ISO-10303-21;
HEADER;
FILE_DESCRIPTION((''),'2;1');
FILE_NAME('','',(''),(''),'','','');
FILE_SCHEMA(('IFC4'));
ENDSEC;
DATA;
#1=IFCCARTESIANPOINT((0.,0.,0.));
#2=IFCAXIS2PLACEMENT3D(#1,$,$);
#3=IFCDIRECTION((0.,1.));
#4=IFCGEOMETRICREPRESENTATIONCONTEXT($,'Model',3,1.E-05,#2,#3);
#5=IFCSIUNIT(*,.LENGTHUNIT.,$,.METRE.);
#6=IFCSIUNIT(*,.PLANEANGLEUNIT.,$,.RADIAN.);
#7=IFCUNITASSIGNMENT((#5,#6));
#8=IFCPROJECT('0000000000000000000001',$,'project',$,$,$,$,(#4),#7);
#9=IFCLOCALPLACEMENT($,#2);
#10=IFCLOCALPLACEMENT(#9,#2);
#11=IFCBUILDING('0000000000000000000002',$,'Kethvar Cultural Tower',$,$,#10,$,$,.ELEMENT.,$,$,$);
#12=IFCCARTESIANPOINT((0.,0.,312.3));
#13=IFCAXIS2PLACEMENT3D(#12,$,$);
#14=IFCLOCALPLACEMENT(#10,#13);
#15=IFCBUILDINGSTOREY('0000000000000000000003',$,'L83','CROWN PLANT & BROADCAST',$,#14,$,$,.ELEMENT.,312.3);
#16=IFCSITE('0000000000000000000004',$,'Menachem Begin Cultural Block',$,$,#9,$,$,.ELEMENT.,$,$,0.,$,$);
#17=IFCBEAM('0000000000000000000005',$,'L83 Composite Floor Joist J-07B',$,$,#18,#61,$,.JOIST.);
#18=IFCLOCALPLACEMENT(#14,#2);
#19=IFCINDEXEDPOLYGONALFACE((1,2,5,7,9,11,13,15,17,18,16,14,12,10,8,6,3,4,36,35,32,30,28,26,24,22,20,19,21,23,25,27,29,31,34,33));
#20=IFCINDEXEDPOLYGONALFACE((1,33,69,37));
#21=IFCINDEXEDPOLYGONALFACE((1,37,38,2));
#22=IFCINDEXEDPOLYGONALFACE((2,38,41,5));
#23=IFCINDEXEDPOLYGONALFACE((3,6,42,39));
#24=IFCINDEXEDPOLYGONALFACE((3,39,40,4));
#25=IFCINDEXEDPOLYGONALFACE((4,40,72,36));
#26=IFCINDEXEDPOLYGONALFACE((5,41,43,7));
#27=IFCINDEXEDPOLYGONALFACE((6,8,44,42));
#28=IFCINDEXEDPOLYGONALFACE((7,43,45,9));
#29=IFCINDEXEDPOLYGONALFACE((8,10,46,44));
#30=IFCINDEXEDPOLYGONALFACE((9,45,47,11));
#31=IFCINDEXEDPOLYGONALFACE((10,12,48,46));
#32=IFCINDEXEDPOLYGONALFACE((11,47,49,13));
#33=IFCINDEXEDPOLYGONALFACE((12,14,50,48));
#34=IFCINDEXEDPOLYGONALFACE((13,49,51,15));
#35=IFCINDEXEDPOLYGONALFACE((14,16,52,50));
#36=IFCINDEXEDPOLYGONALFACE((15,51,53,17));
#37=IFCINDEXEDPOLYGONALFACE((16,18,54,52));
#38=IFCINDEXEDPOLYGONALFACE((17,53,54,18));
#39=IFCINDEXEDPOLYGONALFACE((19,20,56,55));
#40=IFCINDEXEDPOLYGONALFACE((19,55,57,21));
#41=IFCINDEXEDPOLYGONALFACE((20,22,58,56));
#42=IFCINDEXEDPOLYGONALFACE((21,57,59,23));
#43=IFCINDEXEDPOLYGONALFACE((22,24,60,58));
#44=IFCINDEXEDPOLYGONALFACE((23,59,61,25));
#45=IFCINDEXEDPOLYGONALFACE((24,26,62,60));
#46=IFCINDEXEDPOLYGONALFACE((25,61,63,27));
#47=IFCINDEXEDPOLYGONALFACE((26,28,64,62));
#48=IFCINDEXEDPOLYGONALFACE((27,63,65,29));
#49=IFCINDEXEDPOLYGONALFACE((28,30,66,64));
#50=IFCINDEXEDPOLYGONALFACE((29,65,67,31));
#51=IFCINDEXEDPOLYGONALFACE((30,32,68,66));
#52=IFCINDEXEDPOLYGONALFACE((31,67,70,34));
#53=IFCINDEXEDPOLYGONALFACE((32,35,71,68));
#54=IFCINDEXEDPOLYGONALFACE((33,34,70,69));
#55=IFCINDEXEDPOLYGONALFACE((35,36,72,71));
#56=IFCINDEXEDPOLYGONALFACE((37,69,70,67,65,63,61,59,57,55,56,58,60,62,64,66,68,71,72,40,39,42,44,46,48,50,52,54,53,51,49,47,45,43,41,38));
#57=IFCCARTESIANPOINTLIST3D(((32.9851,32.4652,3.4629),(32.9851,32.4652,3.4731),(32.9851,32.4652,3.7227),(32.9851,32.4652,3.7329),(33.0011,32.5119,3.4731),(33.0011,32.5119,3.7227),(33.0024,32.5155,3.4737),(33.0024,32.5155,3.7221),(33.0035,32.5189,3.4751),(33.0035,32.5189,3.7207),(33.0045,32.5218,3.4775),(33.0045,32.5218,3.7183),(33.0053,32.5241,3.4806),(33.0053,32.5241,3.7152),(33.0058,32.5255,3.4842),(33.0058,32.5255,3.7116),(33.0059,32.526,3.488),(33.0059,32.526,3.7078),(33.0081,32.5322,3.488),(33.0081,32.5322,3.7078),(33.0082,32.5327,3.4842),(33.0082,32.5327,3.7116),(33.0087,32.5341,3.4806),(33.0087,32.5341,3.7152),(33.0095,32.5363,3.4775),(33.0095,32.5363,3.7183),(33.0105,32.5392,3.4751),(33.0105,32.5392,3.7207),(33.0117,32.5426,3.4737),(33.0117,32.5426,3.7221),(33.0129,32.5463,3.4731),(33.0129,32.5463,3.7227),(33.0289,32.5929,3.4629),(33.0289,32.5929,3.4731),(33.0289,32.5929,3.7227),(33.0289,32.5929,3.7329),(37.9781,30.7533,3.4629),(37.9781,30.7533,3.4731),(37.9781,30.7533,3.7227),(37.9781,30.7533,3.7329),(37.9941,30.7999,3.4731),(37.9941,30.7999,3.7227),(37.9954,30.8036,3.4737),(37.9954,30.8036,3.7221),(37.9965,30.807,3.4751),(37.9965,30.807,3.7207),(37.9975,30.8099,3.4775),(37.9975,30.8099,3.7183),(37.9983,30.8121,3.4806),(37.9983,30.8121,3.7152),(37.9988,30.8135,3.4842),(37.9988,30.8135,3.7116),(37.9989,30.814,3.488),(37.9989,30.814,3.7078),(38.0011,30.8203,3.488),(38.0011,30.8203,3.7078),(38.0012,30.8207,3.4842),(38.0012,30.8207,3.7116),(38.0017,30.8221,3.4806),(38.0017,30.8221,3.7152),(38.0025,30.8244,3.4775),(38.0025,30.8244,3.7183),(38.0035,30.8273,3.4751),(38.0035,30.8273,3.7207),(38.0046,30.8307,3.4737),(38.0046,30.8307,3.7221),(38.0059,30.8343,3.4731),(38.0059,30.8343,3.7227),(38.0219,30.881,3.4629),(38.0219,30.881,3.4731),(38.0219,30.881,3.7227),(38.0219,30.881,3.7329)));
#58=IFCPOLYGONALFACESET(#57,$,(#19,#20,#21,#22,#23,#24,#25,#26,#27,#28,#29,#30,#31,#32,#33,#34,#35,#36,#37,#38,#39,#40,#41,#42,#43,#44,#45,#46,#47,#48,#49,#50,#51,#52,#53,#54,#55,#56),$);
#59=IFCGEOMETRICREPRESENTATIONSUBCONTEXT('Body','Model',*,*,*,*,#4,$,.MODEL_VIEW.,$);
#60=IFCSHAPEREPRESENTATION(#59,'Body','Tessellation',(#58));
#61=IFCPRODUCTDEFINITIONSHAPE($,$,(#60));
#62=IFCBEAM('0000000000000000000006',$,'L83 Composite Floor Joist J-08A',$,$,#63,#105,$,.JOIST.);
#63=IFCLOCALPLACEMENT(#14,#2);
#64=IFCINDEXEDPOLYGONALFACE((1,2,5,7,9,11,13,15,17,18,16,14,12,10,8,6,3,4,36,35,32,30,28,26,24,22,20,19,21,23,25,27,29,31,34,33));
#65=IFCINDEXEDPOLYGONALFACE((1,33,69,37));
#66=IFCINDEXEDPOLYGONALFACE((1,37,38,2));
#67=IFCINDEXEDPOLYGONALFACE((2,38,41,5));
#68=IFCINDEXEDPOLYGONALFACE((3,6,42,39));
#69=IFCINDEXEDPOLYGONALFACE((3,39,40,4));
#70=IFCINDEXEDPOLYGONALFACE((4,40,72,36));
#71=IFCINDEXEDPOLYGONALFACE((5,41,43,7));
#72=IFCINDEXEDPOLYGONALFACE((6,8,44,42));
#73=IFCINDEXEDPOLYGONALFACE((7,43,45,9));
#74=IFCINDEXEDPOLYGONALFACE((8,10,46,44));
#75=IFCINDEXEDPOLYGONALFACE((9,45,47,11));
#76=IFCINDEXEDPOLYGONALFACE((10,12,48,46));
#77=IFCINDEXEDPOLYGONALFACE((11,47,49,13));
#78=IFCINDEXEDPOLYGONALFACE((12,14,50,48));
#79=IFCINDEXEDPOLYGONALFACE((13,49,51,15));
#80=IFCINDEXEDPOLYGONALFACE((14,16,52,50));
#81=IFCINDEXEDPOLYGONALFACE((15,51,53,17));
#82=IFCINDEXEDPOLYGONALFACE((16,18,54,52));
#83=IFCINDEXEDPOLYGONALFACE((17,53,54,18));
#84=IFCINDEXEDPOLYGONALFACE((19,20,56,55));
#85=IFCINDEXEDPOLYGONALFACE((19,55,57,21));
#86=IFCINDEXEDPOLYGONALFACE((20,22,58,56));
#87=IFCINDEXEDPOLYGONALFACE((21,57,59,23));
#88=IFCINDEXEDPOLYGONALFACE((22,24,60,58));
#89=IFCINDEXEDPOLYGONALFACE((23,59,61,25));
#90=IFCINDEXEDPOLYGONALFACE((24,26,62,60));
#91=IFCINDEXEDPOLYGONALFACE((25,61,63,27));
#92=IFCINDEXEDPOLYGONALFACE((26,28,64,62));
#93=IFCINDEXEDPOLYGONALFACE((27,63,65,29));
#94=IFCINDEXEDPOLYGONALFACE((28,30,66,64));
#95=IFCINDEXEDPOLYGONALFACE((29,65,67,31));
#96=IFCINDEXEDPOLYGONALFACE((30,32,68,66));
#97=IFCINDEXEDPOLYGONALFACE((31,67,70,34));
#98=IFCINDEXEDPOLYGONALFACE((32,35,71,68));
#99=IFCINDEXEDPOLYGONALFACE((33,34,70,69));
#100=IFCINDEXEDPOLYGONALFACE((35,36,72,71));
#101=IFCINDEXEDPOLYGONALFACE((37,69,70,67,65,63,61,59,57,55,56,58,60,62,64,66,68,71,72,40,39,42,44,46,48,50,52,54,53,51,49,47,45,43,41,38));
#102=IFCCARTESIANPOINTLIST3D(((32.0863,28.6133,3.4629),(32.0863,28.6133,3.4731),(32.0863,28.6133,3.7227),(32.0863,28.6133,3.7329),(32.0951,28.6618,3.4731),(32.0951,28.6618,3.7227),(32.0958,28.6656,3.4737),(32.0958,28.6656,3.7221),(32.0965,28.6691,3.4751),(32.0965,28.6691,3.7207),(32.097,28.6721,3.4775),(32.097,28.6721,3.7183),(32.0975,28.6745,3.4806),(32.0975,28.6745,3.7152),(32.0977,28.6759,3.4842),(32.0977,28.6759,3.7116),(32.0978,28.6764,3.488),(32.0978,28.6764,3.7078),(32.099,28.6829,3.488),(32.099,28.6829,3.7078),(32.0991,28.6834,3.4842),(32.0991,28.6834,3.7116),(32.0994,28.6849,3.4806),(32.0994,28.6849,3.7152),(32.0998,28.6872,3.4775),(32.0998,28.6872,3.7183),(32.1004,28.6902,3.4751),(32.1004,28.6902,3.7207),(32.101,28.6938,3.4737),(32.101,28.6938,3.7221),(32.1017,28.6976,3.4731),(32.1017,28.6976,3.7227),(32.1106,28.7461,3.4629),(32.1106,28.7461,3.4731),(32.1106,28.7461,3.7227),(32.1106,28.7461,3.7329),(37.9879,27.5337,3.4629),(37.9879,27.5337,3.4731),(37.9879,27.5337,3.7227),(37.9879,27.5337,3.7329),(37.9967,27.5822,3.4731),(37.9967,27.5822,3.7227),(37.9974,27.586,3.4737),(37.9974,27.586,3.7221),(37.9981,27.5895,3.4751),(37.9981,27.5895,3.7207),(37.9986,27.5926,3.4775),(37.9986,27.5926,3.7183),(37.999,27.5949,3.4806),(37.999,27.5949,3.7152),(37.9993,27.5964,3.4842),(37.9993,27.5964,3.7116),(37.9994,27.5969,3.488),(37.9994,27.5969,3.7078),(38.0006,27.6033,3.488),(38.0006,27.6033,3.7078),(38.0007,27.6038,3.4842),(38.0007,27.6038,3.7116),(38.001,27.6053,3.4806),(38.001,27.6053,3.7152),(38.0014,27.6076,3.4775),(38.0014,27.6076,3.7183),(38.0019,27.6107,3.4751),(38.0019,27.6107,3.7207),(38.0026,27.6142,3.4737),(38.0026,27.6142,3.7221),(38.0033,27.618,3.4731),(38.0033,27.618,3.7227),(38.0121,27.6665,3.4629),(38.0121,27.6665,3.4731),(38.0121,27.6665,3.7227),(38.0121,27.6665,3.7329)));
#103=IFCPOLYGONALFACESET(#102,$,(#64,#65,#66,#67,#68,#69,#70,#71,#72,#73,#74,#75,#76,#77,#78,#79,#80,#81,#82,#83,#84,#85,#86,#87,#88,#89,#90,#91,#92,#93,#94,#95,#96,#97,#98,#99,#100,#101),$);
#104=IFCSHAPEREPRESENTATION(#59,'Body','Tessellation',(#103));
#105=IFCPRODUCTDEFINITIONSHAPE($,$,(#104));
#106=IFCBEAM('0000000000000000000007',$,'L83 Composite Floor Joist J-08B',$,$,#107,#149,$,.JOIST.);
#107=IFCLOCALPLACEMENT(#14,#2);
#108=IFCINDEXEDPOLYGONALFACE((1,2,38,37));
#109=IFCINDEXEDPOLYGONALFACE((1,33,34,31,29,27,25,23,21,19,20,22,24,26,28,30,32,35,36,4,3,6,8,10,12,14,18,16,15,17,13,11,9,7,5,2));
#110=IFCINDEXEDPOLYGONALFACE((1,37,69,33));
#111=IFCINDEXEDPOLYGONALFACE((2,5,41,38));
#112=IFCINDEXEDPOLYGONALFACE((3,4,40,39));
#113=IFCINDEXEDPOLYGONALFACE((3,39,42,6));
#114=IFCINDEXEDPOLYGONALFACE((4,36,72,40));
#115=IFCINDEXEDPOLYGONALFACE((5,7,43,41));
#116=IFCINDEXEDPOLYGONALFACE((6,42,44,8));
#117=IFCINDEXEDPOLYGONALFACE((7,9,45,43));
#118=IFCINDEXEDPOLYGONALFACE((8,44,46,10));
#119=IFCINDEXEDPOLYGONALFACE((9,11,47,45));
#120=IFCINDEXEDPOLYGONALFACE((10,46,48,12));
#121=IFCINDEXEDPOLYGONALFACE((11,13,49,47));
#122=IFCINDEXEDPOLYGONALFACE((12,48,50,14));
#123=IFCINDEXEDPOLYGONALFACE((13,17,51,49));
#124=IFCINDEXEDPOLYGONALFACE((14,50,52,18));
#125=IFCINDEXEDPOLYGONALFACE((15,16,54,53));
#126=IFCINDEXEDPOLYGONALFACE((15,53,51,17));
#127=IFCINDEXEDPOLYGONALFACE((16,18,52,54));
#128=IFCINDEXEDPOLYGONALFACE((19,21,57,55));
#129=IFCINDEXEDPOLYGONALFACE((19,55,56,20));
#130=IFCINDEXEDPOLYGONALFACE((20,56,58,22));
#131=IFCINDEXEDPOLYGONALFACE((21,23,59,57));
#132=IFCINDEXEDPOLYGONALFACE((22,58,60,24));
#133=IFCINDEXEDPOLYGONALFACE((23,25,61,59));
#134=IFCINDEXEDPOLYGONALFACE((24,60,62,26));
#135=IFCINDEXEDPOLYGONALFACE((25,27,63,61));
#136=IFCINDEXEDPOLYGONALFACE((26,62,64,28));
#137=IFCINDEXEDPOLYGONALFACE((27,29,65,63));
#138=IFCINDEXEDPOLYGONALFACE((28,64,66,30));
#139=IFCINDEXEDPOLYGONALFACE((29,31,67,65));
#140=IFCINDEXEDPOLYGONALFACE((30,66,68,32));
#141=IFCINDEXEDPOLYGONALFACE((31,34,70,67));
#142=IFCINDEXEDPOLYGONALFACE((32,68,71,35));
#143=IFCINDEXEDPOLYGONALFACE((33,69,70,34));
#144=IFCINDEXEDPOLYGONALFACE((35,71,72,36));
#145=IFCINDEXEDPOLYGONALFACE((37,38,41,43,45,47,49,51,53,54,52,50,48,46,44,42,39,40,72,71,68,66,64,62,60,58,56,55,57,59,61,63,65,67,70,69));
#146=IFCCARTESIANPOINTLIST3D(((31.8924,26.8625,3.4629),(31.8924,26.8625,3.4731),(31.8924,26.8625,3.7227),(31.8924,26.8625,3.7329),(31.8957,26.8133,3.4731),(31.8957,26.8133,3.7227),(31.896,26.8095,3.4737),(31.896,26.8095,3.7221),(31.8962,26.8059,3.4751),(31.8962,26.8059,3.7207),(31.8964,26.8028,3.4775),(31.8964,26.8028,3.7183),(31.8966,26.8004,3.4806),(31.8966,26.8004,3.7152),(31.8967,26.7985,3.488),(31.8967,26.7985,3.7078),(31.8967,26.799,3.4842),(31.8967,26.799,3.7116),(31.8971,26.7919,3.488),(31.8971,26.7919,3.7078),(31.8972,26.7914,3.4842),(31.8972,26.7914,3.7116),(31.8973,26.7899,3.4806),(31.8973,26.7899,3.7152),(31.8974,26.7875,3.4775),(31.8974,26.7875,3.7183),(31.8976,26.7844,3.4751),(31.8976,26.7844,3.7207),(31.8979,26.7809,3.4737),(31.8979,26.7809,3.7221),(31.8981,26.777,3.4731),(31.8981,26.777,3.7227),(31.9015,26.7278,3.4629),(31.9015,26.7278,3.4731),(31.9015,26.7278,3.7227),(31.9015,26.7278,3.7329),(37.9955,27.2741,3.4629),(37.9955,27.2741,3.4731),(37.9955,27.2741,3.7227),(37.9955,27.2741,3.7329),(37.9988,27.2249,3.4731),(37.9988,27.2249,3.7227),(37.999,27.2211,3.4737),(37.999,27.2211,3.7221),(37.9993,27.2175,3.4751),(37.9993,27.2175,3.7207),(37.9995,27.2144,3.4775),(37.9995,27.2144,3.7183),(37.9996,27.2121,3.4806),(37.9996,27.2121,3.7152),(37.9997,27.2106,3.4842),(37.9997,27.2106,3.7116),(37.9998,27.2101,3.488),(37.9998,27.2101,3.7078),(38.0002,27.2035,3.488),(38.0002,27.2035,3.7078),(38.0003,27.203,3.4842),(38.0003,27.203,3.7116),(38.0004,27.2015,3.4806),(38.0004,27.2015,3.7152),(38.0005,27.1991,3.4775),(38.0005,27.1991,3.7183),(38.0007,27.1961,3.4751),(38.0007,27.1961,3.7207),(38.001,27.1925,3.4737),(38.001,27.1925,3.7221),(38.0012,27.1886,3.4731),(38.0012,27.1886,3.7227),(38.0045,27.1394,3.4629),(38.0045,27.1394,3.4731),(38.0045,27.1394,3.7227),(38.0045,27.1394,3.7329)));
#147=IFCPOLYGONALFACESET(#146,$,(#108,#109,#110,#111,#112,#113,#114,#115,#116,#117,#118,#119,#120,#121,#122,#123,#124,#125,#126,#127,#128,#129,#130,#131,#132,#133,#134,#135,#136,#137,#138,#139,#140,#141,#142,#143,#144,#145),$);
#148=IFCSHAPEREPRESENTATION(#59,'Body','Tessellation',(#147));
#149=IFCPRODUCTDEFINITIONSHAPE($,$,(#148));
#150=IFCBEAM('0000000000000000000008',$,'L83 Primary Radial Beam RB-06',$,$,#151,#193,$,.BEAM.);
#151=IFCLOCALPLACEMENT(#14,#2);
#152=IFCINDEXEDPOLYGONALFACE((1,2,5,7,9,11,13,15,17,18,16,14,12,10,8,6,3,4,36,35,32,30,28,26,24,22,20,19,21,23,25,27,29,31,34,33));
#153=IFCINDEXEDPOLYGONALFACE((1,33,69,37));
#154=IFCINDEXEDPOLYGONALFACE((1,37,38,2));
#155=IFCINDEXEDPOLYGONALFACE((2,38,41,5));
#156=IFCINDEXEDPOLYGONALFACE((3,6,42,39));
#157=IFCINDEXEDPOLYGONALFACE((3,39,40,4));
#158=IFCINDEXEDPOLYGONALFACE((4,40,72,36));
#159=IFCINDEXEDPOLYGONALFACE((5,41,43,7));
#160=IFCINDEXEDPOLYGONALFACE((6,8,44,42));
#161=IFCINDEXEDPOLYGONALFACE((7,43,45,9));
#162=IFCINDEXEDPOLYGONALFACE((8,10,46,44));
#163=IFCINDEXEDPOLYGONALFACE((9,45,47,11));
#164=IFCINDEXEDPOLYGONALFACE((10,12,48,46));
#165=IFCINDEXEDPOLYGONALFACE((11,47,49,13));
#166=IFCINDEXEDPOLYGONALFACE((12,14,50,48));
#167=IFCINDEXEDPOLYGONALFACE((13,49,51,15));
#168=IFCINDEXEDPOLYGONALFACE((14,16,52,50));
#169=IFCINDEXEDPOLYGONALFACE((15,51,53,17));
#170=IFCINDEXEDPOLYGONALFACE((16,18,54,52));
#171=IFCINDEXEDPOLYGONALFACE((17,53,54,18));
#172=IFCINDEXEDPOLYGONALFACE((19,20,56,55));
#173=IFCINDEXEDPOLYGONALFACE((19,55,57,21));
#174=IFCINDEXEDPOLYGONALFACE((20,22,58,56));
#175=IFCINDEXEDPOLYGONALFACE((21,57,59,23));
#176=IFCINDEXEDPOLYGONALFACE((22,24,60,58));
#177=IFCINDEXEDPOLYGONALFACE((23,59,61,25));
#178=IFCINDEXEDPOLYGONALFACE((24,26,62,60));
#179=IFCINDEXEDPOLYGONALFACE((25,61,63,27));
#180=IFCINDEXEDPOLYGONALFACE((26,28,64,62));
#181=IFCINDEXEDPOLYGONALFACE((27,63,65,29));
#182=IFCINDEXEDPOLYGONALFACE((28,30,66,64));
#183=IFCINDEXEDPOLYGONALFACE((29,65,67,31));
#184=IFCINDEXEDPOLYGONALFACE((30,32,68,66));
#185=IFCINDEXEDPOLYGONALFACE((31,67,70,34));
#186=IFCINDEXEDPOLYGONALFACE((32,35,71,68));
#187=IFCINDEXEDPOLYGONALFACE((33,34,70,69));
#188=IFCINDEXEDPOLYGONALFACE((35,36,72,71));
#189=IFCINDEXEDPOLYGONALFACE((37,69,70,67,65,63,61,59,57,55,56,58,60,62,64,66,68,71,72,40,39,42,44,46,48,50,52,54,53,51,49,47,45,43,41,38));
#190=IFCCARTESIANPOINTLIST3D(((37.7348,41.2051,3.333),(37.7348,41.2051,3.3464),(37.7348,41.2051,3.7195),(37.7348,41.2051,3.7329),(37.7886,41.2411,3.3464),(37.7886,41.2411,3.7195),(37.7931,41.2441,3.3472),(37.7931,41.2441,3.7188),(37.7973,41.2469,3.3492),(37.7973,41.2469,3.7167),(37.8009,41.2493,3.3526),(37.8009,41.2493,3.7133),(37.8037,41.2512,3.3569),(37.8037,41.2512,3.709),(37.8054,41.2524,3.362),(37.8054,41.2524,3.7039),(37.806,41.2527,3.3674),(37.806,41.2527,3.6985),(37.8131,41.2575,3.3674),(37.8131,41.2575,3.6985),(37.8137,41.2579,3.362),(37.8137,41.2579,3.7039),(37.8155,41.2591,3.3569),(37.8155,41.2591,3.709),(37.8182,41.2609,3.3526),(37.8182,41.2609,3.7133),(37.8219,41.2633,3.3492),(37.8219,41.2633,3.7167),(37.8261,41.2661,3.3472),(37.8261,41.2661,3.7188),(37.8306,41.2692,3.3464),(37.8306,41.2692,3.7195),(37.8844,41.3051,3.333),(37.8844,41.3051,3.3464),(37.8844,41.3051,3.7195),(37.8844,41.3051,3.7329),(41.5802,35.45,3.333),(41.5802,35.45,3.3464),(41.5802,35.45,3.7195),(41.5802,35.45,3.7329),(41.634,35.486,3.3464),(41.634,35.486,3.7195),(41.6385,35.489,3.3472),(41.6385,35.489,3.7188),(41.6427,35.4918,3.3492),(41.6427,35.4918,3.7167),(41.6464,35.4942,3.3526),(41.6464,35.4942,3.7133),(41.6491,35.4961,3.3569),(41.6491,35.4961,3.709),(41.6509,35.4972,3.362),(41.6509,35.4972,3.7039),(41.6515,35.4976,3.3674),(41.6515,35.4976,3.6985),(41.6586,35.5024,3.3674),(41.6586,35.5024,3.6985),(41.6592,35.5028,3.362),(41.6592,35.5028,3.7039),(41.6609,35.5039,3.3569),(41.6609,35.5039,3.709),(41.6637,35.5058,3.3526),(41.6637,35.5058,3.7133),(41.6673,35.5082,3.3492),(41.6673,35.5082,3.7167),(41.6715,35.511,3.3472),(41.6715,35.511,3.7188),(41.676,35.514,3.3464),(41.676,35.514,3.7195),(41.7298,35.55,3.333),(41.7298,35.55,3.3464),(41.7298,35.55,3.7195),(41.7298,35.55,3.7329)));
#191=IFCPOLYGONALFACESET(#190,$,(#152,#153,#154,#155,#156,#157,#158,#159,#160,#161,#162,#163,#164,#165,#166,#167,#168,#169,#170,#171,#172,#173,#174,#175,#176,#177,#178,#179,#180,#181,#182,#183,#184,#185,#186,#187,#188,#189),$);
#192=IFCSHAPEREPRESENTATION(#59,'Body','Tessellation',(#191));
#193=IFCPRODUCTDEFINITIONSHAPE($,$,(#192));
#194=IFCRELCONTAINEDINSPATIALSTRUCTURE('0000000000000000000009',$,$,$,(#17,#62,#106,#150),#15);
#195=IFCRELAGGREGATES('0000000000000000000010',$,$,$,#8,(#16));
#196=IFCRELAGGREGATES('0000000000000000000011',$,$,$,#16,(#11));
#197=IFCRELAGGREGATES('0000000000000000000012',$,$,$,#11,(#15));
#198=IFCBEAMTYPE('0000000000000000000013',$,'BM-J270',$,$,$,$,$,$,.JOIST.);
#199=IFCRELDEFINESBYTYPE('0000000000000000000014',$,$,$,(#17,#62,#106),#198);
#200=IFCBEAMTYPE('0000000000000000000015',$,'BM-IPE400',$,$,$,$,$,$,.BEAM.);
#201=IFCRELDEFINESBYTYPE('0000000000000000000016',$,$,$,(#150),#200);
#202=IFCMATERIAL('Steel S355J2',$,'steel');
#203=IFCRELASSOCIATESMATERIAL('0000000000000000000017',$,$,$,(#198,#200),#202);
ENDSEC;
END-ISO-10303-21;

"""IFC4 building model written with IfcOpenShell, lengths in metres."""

from ifc_helpers import new_model, si_unit, direction, frame, origin, origin_2d, place, context, subcontext, project, spatial, i_section, extrude, source, transform, mapped, material, material_profile, profile_set, type_object, element, save


model = new_model("IFC4")

# Units and contexts
model_context = context("Model", 3, precision=1e-05, world=origin(), true_north=direction((0.0, 1.0)))
body_context = subcontext(model_context, "Body", "Model", "MODEL_VIEW")
ifc_project = project(units=[si_unit("LENGTHUNIT", "METRE"), si_unit("PLANEANGLEUNIT", "RADIAN")], contexts=[model_context])

# Site, building, storey
site_placement = place(None, origin())
site = spatial("IfcSite", under=ifc_project, at=site_placement, Name="Menachem Begin Cultural Block", CompositionType="ELEMENT", RefElevation=0.0)
building_placement = place(site_placement, origin())
building = spatial("IfcBuilding", under=site, at=building_placement, Name="Kethvar Cultural Tower", CompositionType="ELEMENT")
storey_placement = place(building_placement, frame((0.0, 0.0, 312.3)))
storey = spatial("IfcBuildingStorey", under=building, at=storey_placement, Name="L83", Description="CROWN PLANT & BROADCAST", CompositionType="ELEMENT", Elevation=312.3)

# Beams
ifc_material_1 = material(Name="Steel S355J2", Category="steel")
ifc_material_profile_1 = material_profile(ifc_material_1, i_section(OverallWidth=0.135, OverallDepth=0.27, WebThickness=0.0066, FlangeThickness=0.0103, FilletRadius=0.0149, at=origin_2d()), Name="Steel S355J2 — IPE270")
ifc_profile_set_1 = profile_set([ifc_material_profile_1], Name="Steel S355J2 — IPE270")
beam_type_1 = type_object("IfcBeamType", Name="BM-J270", PredefinedType="JOIST", material=ifc_profile_set_1)
shared_shape_1 = source(origin(), body_context, "Body", "SweptSolid", [
    extrude(i_section(OverallWidth=0.135, OverallDepth=0.27, WebThickness=0.0066, FlangeThickness=0.0103, FilletRadius=0.0149, at=origin_2d()), origin(), (0.0, 0.0, 1.0), 5.2783),
])
beam_1_placement = place(storey_placement, frame((38.0, 30.8171, 3.5979), z_axis=(-0.945943, 0.324334, 0.0), x_axis=(-0.324334, -0.945943, 0.0)))
element("IfcBeam", 1, at=beam_1_placement, inside=storey, type_object=beam_type_1, Name="L83 Composite Floor Joist J-07B", PredefinedType="JOIST", context=body_context, shape_type="MappedRepresentation", body=[
    mapped(shared_shape_1, transform((0.0, 0.0, 0.0), scale=1.0)),
])
shared_shape_2 = source(origin(), body_context, "Body", "SweptSolid", [
    extrude(i_section(OverallWidth=0.135, OverallDepth=0.27, WebThickness=0.0066, FlangeThickness=0.0103, FilletRadius=0.0149, at=origin_2d()), origin(), (0.0, 0.0, 1.0), 5.9995),
])
beam_2_placement = place(storey_placement, frame((38.0, 27.6001, 3.5979), z_axis=(-0.983677, 0.179945, 0.0), x_axis=(-0.179945, -0.983677, 0.0)))
element("IfcBeam", 2, at=beam_2_placement, inside=storey, type_object=beam_type_1, Name="L83 Composite Floor Joist J-08A", PredefinedType="JOIST", context=body_context, shape_type="MappedRepresentation", body=[
    mapped(shared_shape_2, transform((0.0, 0.0, 0.0), scale=1.0)),
])
shared_shape_3 = source(origin(), body_context, "Body", "SweptSolid", [
    extrude(i_section(OverallWidth=0.135, OverallDepth=0.27, WebThickness=0.0066, FlangeThickness=0.0103, FilletRadius=0.0149, at=origin_2d()), origin(), (0.0, 0.0, 1.0), 6.1169),
])
beam_3_placement = place(storey_placement, frame((38.0, 27.2068, 3.5979), z_axis=(-0.997733, -0.067293, 0.0), x_axis=(0.067293, -0.997733, 0.0)))
element("IfcBeam", 3, at=beam_3_placement, inside=storey, type_object=beam_type_1, Name="L83 Composite Floor Joist J-08B", PredefinedType="JOIST", context=body_context, shape_type="MappedRepresentation", body=[
    mapped(shared_shape_3, transform((0.0, 0.0, 0.0), scale=1.0)),
])
ifc_material_profile_2 = material_profile(ifc_material_1, i_section(OverallWidth=0.1799, OverallDepth=0.3999, WebThickness=0.0085, FlangeThickness=0.0134, FilletRadius=0.021, at=origin_2d()), Name="Steel S355J2 — IPE400")
ifc_profile_set_2 = profile_set([ifc_material_profile_2], Name="Steel S355J2 — IPE400")
beam_type_2 = type_object("IfcBeamType", Name="BM-IPE400", PredefinedType="BEAM", material=ifc_profile_set_2)
shared_shape_4 = source(origin(), body_context, "Body", "SweptSolid", [
    extrude(i_section(OverallWidth=0.1799, OverallDepth=0.3999, WebThickness=0.0085, FlangeThickness=0.0134, FilletRadius=0.021, at=origin_2d()), origin(), (0.0, 0.0, 1.0), 6.9216),
])
beam_4_placement = place(storey_placement, frame((41.655, 35.5, 3.533), z_axis=(-0.555571, 0.831469, 0.0), x_axis=(-0.831469, -0.555571, 0.0)))
element("IfcBeam", 4, at=beam_4_placement, inside=storey, type_object=beam_type_2, Name="L83 Primary Radial Beam RB-06", PredefinedType="BEAM", context=body_context, shape_type="MappedRepresentation", body=[
    mapped(shared_shape_4, transform((0.0, 0.0, 0.0), scale=1.0)),
])

save(model, "model.ifc")
